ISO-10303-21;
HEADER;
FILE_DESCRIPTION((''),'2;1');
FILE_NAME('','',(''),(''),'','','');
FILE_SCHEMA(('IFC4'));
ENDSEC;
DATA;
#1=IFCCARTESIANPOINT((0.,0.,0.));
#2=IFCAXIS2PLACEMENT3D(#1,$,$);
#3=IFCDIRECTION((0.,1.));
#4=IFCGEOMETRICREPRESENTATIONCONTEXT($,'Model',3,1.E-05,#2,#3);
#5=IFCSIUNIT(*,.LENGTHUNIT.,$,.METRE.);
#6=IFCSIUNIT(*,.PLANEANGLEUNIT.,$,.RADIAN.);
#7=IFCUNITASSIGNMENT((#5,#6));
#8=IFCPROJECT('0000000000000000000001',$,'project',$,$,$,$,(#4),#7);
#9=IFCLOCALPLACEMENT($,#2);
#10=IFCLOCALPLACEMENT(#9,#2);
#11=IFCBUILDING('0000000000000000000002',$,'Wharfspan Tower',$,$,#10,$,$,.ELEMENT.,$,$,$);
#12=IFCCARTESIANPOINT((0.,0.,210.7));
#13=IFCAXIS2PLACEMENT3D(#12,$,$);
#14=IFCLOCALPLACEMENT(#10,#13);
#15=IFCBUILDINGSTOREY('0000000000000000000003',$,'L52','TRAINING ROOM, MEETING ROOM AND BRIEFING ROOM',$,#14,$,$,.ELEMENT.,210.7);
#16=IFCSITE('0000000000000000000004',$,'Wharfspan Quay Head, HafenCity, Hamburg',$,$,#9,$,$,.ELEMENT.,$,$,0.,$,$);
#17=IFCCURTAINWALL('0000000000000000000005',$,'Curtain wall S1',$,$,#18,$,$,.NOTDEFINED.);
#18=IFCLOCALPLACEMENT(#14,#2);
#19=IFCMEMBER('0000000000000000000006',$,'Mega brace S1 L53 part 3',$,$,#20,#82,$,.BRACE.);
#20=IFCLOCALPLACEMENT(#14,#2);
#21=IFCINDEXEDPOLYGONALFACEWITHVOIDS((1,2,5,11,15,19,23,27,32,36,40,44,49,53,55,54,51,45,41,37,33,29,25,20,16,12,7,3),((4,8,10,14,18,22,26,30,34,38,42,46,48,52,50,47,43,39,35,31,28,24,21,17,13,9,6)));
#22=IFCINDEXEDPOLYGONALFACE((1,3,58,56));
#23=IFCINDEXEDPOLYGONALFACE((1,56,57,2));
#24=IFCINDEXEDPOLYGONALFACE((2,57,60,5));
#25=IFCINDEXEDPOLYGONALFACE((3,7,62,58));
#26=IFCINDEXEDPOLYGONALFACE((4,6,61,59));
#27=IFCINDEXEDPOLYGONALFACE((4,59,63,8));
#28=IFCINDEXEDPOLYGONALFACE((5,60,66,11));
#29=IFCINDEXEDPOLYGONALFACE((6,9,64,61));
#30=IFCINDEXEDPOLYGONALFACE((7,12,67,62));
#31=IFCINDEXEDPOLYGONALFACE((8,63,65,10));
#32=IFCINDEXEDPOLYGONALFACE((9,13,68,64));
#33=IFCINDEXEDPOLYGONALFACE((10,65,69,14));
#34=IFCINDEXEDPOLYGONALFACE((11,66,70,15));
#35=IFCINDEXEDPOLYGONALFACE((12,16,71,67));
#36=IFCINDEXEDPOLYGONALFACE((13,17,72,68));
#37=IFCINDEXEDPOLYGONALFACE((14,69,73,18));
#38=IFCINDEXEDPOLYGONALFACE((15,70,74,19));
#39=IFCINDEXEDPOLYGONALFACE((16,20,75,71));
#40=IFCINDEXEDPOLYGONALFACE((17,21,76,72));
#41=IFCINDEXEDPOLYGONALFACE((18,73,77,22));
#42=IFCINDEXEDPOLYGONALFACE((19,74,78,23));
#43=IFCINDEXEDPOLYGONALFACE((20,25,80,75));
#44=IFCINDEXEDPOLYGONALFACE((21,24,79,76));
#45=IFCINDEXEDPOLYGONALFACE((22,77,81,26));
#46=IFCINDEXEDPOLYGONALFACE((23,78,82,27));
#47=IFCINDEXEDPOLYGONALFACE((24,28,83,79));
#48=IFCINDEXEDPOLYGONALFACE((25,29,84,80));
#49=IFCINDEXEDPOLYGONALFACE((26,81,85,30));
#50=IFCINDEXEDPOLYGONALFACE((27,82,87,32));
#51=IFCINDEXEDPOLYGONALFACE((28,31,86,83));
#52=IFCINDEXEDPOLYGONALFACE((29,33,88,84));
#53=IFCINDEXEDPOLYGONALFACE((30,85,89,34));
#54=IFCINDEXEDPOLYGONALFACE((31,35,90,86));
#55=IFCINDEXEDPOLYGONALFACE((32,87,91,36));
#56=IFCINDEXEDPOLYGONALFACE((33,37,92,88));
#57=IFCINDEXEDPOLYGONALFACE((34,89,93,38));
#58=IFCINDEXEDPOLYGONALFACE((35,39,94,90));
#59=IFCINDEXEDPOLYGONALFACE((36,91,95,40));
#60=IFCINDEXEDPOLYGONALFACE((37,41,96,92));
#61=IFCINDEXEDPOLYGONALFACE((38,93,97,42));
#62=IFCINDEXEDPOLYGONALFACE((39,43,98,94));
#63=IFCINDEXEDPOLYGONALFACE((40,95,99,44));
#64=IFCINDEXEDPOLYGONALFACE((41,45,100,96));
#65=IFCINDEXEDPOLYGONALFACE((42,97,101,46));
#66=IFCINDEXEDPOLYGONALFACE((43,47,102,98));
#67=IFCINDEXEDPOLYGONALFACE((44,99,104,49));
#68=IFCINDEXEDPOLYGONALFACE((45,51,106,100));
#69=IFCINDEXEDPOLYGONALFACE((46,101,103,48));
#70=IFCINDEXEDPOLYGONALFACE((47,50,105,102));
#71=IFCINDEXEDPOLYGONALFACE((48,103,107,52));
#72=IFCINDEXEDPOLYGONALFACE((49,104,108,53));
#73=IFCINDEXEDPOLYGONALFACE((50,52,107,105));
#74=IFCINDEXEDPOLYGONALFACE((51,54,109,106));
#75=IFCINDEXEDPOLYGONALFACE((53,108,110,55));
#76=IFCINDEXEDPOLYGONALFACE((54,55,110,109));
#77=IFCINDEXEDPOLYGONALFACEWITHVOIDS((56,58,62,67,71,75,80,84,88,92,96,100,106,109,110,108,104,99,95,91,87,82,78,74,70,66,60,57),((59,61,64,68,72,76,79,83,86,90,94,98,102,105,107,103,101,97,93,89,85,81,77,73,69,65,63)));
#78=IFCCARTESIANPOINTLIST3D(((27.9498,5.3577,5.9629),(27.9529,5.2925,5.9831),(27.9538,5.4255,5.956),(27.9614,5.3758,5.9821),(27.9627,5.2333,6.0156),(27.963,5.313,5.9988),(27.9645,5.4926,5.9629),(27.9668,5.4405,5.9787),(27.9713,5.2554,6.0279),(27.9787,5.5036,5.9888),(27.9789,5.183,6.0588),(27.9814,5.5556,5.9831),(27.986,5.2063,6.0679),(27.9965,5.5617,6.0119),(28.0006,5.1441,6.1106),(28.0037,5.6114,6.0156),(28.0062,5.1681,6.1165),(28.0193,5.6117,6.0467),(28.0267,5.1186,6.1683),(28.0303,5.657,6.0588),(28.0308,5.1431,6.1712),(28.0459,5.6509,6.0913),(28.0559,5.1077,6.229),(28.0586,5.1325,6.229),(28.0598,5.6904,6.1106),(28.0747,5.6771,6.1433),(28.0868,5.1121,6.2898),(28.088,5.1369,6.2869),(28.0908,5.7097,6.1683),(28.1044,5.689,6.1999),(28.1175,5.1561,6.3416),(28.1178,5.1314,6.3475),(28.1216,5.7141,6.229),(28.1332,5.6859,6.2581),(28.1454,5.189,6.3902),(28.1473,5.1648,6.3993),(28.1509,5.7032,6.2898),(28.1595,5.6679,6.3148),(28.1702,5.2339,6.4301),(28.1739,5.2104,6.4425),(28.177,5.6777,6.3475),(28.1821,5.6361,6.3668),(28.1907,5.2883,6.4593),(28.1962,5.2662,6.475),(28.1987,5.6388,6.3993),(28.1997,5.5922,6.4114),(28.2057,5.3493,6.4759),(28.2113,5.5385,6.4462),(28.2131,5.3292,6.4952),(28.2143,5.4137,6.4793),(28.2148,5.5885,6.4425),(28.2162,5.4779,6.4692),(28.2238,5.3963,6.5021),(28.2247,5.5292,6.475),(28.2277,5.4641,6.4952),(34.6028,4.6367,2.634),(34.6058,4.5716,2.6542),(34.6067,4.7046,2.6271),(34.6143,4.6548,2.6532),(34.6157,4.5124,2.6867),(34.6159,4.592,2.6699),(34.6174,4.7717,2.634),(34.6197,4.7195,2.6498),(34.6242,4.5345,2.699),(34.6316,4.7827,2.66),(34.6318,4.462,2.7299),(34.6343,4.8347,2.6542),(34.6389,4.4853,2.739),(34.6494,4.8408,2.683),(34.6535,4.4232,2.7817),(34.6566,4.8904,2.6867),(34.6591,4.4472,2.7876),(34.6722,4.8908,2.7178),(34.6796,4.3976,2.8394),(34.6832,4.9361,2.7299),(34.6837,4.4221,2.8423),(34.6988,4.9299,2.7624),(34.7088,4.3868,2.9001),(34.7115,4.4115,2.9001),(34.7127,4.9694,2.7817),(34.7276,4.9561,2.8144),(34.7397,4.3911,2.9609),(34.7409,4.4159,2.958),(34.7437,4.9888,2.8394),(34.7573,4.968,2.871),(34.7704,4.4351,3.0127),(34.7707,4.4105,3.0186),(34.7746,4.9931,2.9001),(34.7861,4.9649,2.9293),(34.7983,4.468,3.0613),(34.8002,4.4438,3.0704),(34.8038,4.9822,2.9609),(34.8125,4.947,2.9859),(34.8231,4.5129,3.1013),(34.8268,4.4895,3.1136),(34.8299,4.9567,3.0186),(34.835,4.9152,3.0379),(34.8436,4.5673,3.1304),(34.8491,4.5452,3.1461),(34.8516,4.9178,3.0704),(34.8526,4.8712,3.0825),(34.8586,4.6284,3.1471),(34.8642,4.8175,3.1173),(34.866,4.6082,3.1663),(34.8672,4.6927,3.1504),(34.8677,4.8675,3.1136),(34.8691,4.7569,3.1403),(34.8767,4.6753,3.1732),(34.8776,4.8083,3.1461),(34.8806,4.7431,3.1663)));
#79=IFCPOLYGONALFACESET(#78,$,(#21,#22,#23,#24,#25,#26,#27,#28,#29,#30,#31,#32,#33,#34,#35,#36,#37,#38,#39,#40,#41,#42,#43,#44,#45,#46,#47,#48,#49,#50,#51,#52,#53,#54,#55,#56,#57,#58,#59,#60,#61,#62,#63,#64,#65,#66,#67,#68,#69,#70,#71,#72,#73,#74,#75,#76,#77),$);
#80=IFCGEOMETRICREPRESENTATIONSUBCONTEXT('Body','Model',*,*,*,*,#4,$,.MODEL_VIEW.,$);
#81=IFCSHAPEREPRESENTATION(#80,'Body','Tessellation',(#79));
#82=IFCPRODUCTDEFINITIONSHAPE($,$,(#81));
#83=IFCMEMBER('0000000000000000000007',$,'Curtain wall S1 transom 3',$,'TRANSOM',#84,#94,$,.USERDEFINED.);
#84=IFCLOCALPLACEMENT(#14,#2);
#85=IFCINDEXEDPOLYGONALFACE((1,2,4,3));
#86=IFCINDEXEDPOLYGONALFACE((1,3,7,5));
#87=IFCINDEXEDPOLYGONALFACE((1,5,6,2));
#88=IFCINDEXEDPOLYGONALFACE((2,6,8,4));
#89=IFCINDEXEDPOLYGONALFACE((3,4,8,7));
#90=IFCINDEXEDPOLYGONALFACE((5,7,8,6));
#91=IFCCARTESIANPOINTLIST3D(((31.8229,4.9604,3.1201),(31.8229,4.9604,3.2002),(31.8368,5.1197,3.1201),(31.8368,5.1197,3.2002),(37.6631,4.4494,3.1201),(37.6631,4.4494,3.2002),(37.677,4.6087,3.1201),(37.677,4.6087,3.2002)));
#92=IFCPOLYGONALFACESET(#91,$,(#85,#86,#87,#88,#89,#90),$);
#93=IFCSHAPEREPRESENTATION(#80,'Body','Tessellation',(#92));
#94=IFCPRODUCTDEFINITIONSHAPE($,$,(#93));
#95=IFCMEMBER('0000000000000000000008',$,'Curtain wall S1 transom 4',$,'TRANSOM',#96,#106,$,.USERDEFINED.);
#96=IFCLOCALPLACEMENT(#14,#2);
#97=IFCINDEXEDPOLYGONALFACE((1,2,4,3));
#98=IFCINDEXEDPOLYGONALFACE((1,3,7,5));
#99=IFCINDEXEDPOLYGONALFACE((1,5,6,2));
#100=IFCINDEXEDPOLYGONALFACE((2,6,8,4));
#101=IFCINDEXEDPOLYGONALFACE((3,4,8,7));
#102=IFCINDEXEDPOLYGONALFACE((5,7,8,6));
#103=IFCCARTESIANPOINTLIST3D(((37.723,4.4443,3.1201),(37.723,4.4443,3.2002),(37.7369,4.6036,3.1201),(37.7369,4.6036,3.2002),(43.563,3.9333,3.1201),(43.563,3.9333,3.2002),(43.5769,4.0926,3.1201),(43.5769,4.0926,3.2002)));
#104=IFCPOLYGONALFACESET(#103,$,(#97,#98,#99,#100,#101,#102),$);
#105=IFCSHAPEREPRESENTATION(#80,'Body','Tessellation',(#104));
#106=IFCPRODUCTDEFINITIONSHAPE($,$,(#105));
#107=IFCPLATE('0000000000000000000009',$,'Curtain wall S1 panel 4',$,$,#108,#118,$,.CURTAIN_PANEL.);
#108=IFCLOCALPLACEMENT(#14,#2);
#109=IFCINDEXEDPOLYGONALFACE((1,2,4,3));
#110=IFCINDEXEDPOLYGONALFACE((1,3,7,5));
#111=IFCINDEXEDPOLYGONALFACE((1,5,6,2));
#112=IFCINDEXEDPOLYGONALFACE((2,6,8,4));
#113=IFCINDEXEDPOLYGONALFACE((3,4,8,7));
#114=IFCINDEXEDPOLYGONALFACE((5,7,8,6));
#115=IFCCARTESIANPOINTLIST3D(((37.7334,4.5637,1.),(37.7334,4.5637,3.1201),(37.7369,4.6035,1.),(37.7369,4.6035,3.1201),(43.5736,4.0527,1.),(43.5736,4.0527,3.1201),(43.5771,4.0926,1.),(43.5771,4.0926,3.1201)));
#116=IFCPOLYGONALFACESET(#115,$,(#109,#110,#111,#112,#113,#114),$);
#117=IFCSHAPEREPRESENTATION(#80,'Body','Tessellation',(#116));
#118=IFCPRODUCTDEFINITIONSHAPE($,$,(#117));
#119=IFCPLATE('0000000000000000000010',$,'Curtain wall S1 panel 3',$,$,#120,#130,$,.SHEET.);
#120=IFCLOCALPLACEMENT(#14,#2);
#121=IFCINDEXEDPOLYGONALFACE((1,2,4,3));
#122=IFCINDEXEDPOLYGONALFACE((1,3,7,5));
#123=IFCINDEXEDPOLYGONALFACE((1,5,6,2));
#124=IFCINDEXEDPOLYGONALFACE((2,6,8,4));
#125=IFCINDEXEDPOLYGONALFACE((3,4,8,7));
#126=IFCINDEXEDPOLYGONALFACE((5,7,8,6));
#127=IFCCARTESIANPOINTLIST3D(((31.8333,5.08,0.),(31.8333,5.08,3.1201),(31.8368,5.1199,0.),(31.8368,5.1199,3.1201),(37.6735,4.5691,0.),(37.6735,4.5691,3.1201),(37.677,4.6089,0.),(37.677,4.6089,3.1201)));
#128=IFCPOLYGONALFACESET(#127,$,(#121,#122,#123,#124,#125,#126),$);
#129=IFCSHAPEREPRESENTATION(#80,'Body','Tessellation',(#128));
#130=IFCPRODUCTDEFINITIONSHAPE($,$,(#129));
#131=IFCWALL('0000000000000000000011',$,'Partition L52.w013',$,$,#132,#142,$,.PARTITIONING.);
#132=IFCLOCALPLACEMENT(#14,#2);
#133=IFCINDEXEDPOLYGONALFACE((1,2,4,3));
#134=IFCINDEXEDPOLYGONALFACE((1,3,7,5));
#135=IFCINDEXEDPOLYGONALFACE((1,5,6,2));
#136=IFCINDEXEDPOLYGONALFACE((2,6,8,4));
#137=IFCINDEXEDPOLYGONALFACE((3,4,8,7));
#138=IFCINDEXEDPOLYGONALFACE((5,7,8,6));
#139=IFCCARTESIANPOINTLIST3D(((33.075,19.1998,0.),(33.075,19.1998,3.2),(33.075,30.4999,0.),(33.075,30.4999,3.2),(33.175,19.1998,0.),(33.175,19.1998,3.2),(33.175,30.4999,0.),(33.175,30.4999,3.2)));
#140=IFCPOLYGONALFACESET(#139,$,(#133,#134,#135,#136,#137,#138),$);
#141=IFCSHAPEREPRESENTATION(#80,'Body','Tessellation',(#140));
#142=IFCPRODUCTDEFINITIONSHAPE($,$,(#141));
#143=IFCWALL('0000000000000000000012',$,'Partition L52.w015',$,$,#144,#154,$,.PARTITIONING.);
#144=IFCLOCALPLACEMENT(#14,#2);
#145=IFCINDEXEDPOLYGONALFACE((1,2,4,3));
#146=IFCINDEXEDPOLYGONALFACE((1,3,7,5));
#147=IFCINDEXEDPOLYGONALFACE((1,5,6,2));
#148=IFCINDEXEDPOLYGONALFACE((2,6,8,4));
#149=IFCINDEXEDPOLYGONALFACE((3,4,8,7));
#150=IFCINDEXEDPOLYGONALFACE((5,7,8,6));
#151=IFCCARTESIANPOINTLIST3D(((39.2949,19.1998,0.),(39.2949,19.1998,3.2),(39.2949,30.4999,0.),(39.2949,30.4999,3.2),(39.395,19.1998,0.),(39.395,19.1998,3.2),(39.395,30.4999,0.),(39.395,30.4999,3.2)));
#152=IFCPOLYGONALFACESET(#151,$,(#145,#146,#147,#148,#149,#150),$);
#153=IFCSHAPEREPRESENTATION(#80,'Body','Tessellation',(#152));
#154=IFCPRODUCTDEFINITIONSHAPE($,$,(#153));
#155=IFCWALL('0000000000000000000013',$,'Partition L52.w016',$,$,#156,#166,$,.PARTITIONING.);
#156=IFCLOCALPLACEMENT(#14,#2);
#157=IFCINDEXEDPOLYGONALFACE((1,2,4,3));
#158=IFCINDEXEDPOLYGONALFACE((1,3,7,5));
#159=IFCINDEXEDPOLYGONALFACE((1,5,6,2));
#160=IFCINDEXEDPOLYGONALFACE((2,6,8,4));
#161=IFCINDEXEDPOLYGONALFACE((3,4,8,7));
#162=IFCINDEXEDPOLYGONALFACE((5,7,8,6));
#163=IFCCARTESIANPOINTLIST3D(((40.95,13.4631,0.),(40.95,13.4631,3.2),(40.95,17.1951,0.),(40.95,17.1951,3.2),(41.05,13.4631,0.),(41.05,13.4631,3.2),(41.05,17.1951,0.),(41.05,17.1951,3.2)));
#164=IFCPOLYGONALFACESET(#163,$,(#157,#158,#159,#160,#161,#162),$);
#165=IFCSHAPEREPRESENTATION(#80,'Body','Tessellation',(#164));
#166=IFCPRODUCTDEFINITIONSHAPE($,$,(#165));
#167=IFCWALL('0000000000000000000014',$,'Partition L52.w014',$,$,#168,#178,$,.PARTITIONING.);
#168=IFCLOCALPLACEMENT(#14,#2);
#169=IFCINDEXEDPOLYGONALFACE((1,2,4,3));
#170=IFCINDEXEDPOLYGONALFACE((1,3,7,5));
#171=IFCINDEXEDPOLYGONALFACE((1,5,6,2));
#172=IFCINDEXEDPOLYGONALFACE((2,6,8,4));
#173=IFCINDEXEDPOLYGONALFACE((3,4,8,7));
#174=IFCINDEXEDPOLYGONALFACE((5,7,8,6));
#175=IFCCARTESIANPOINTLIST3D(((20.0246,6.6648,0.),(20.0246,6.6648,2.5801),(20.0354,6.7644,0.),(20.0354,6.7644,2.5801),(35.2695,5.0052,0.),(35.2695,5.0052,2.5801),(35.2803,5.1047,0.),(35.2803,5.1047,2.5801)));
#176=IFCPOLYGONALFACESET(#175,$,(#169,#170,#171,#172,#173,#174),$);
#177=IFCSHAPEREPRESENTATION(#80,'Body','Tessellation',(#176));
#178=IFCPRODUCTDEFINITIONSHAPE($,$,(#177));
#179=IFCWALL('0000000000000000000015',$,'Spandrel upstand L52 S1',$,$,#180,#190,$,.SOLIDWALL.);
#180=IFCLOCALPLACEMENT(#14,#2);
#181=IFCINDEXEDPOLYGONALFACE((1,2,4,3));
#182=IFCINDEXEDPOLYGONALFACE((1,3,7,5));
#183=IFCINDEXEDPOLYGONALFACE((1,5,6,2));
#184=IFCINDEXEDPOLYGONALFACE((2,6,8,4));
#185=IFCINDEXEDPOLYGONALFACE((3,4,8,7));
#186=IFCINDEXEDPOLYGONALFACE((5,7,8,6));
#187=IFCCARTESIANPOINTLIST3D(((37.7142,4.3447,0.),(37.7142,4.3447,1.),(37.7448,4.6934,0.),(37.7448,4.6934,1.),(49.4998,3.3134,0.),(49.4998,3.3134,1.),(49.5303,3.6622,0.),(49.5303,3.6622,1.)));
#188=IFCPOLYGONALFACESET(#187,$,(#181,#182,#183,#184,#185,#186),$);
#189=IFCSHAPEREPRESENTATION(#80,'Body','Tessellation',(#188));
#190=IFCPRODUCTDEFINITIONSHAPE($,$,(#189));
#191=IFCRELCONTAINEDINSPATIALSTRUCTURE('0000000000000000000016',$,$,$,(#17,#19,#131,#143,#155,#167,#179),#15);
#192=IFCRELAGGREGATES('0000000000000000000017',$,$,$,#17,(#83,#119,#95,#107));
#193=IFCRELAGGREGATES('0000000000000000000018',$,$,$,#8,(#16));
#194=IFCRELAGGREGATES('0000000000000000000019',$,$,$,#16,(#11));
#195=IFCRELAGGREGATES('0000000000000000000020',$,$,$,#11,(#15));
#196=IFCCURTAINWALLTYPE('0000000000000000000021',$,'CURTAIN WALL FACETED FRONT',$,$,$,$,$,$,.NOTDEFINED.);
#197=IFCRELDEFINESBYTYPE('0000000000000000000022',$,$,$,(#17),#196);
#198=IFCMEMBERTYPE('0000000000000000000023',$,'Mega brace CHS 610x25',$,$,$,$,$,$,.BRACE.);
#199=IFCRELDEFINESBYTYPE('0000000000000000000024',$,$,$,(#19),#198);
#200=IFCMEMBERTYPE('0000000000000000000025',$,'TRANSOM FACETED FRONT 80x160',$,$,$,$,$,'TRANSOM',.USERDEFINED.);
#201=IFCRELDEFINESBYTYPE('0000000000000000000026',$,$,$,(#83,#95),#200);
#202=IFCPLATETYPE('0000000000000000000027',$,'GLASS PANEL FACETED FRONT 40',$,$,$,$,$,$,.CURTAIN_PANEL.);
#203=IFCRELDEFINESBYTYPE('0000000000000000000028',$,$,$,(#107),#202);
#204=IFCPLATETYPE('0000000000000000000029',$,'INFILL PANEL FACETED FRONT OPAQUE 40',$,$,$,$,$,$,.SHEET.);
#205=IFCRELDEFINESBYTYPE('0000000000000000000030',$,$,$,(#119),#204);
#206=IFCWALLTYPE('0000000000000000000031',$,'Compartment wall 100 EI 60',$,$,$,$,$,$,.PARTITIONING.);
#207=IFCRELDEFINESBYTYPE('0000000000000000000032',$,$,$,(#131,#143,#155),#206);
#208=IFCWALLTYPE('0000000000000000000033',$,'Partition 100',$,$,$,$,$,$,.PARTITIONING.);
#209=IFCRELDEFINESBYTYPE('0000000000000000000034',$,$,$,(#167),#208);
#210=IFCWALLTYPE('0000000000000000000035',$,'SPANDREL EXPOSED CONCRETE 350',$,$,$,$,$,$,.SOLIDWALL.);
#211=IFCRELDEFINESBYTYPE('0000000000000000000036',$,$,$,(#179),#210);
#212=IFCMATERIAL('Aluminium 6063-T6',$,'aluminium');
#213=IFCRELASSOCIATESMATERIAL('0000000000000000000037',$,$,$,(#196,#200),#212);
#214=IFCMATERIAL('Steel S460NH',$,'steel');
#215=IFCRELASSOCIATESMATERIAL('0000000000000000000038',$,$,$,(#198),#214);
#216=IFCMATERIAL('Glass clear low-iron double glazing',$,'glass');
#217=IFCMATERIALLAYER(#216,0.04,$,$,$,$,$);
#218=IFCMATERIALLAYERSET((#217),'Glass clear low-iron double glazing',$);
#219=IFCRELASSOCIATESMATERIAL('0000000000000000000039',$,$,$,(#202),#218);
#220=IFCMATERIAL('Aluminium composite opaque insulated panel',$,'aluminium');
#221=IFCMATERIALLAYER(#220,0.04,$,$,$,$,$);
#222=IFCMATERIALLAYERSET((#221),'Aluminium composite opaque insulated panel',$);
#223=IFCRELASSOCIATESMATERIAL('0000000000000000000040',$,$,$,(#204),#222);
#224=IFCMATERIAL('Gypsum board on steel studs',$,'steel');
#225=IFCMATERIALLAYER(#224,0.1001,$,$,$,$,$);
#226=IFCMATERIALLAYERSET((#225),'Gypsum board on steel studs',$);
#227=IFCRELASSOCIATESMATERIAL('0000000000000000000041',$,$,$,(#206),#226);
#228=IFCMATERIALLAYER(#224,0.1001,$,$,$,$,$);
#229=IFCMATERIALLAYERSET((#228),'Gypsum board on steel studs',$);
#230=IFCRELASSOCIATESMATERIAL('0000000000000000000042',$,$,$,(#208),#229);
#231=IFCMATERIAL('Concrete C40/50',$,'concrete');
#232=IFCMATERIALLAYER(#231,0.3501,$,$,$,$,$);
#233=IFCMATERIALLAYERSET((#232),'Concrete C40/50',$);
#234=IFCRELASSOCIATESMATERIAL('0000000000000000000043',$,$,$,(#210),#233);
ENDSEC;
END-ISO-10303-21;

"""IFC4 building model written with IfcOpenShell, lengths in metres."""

from ifc_helpers import new_model, si_unit, direction, frame, frame_2d, origin, origin_2d, place, context, subcontext, project, spatial, rectangle, hollow_circle, extrude, material, layer, layer_set, material_profile, profile_set, type_object, element, aggregate, save


model = new_model("IFC4")

# Units and contexts
model_context = context("Model", 3, precision=1e-05, world=origin(), true_north=direction((0.0, 1.0)))
body_context = subcontext(model_context, "Body", "Model", "MODEL_VIEW")
ifc_project = project(units=[si_unit("LENGTHUNIT", "METRE"), si_unit("PLANEANGLEUNIT", "RADIAN")], contexts=[model_context])

# Site, building, storey
site_placement = place(None, origin())
site = spatial("IfcSite", under=ifc_project, at=site_placement, Name="Wharfspan Quay Head, HafenCity, Hamburg", CompositionType="ELEMENT", RefElevation=0.0)
building_placement = place(site_placement, origin())
building = spatial("IfcBuilding", under=site, at=building_placement, Name="Wharfspan Tower", CompositionType="ELEMENT")
storey_placement = place(building_placement, frame((0.0, 0.0, 210.7)))
storey = spatial("IfcBuildingStorey", under=building, at=storey_placement, Name="L52", Description="TRAINING ROOM, MEETING ROOM AND BRIEFING ROOM", CompositionType="ELEMENT", Elevation=210.7)

# Curtain wall
ifc_material_1 = material(Name="Aluminium 6063-T6", Category="aluminium")
curtain_wall_type = type_object("IfcCurtainWallType", Name="CURTAIN WALL FACETED FRONT", PredefinedType="NOTDEFINED", material=ifc_material_1)
curtain_wall_placement = place(storey_placement, origin())
curtain_wall = element("IfcCurtainWall", 1, at=curtain_wall_placement, inside=storey, type_object=curtain_wall_type, Name="Curtain wall S1", PredefinedType="NOTDEFINED")

# Members
ifc_material_2 = material(Name="Steel S460NH", Category="steel")
ifc_material_profile_1 = material_profile(ifc_material_2, hollow_circle(Radius=0.3049, WallThickness=0.0249, at=origin_2d()))
ifc_profile_set_1 = profile_set([ifc_material_profile_1], Name="Steel S460NH")
member_type_1 = type_object("IfcMemberType", Name="Mega brace CHS 610x25", PredefinedType="BRACE", material=ifc_profile_set_1)
member_1_placement = place(storey_placement, frame((34.7417, 4.6899, 2.9001), z_axis=(-0.890126, 0.09646, 0.445389), x_axis=(-0.107737, -0.99418, -0.000002)))
element("IfcMember", 2, at=member_1_placement, inside=storey, type_object=member_type_1, Name="Mega brace S1 L53 part 3", PredefinedType="BRACE", context=body_context, shape_type="SweptSolid", body=[
    extrude(hollow_circle(Radius=0.3049, WallThickness=0.0249, at=origin_2d()), origin(), (0.0, 0.0, 1.0), 7.4741),
])
ifc_material_profile_2 = material_profile(ifc_material_1, rectangle(XDim=0.1599, YDim=0.0801, at=origin_2d()))
ifc_profile_set_2 = profile_set([ifc_material_profile_2], Name="Aluminium 6063-T6")
member_type_2 = type_object("IfcMemberType", Name="TRANSOM FACETED FRONT 80x160", ElementType="TRANSOM", PredefinedType="USERDEFINED", material=ifc_profile_set_2)
member_2_placement = place(storey_placement, frame((31.8298, 5.04, 3.1602), z_axis=(0.996194, -0.08716, 0.0), x_axis=(0.08716, 0.996194, 0.0)))
member_2 = element("IfcMember", 3, at=member_2_placement, type_object=member_type_2, Name="Curtain wall S1 transom 3", ObjectType="TRANSOM", PredefinedType="USERDEFINED", context=body_context, shape_type="SweptSolid", body=[
    extrude(rectangle(XDim=0.1599, YDim=0.0801, at=origin_2d()), origin(), (0.0, 0.0, 1.0), 5.8625),
])
member_3_placement = place(storey_placement, frame((37.73, 4.5239, 3.1602), z_axis=(0.996194, -0.087163, 0.0), x_axis=(0.087163, 0.996194, 0.0)))
member_3 = element("IfcMember", 4, at=member_3_placement, type_object=member_type_2, Name="Curtain wall S1 transom 4", ObjectType="TRANSOM", PredefinedType="USERDEFINED", context=body_context, shape_type="SweptSolid", body=[
    extrude(rectangle(XDim=0.1599, YDim=0.0801, at=origin_2d()), origin(), (0.0, 0.0, 1.0), 5.8623),
])

# Plates
ifc_material_3 = material(Name="Glass clear low-iron double glazing", Category="glass")
ifc_layer_1 = layer(ifc_material_3, 0.04)
ifc_layer_set_1 = layer_set([ifc_layer_1], Name="Glass clear low-iron double glazing")
plate_type_1 = type_object("IfcPlateType", Name="GLASS PANEL FACETED FRONT 40", PredefinedType="CURTAIN_PANEL", material=ifc_layer_set_1)
plate_1_placement = place(storey_placement, frame((40.6553, 4.3281, 1.0), z_axis=(0.0, 0.0, 1.0), x_axis=(0.996197, -0.087156, 0.0)))
plate_1 = element("IfcPlate", 5, at=plate_1_placement, type_object=plate_type_1, Name="Curtain wall S1 panel 4", PredefinedType="CURTAIN_PANEL", context=body_context, shape_type="SweptSolid", body=[
    extrude(rectangle(XDim=5.8625, YDim=0.04, at=origin_2d()), origin(), (0.0, 0.0, 1.0), 2.1201),
])
ifc_material_4 = material(Name="Aluminium composite opaque insulated panel", Category="aluminium")
ifc_layer_2 = layer(ifc_material_4, 0.04)
ifc_layer_set_2 = layer_set([ifc_layer_2], Name="Aluminium composite opaque insulated panel")
plate_type_2 = type_object("IfcPlateType", Name="INFILL PANEL FACETED FRONT OPAQUE 40", PredefinedType="SHEET", material=ifc_layer_set_2)
plate_2_placement = place(storey_placement, frame((34.7551, 4.8445, 0.0), z_axis=(0.0, 0.0, 1.0), x_axis=(0.996197, -0.087156, 0.0)))
plate_2 = element("IfcPlate", 6, at=plate_2_placement, type_object=plate_type_2, Name="Curtain wall S1 panel 3", PredefinedType="SHEET", context=body_context, shape_type="SweptSolid", body=[
    extrude(rectangle(XDim=5.8625, YDim=0.04, at=origin_2d()), origin(), (0.0, 0.0, 1.0), 3.1201),
])
aggregate(curtain_wall, [member_2, plate_2, member_3, plate_1])

# Walls
ifc_material_5 = material(Name="Gypsum board on steel studs", Category="steel")
ifc_layer_3 = layer(ifc_material_5, 0.1001)
ifc_layer_set_3 = layer_set([ifc_layer_3], Name="Gypsum board on steel studs")
wall_type_1 = type_object("IfcWallType", Name="Compartment wall 100 EI 60", PredefinedType="PARTITIONING", material=ifc_layer_set_3)
for number, where, z_axis, x_axis, name in (
    (7, (33.125, 19.2, 0.0), (0.0, 0.0, 1.0), (0.0, 1.0, 0.0), "Partition L52.w013"),
    (8, (39.345, 19.2, 0.0), (0.0, 0.0, 1.0), (0.0, 1.0, 0.0), "Partition L52.w015"),
):
    element("IfcWall", number, at=place(storey_placement, frame(where, z_axis=z_axis, x_axis=x_axis)), inside=storey, type_object=wall_type_1, Name=name, PredefinedType="PARTITIONING", context=body_context, shape_type="SweptSolid", body=[
        extrude(rectangle(XDim=11.3, YDim=0.1001, at=frame_2d((5.6499, 0.0))), origin(), (0.0, 0.0, 1.0), 3.2),
    ])
wall_1_placement = place(storey_placement, frame((41.0, 13.4631, 0.0), z_axis=(0.0, 0.0, 1.0), x_axis=(0.0, 1.0, 0.0)))
element("IfcWall", 9, at=wall_1_placement, inside=storey, type_object=wall_type_1, Name="Partition L52.w016", PredefinedType="PARTITIONING", context=body_context, shape_type="SweptSolid", body=[
    extrude(rectangle(XDim=3.7319, YDim=0.1001, at=frame_2d((1.866, 0.0))), origin(), (0.0, 0.0, 1.0), 3.2),
])
ifc_layer_4 = layer(ifc_material_5, 0.1001)
ifc_layer_set_4 = layer_set([ifc_layer_4], Name="Gypsum board on steel studs")
wall_type_2 = type_object("IfcWallType", Name="Partition 100", PredefinedType="PARTITIONING", material=ifc_layer_set_4)
wall_2_placement = place(storey_placement, frame((35.2749, 5.0549, 0.0), z_axis=(0.0, 0.0, 1.0), x_axis=(-0.994128, 0.108228, 0.0)))
element("IfcWall", 10, at=wall_2_placement, inside=storey, type_object=wall_type_2, Name="Partition L52.w014", PredefinedType="PARTITIONING", context=body_context, shape_type="SweptSolid", body=[
    extrude(rectangle(XDim=15.335, YDim=0.1001, at=frame_2d((7.6675, 0.0))), origin(), (0.0, 0.0, 1.0), 2.5801),
])
ifc_material_6 = material(Name="Concrete C40/50", Category="concrete")
ifc_layer_5 = layer(ifc_material_6, 0.3501)
ifc_layer_set_5 = layer_set([ifc_layer_5], Name="Concrete C40/50")
wall_type_3 = type_object("IfcWallType", Name="SPANDREL EXPOSED CONCRETE 350", PredefinedType="SOLIDWALL", material=ifc_layer_set_5)
wall_3_placement = place(storey_placement, frame((37.7295, 4.519, 0.0), z_axis=(0.0, 0.0, 1.0), x_axis=(0.99619, -0.087167, 0.0)))
element("IfcWall", 11, at=wall_3_placement, inside=storey, type_object=wall_type_3, Name="Spandrel upstand L52 S1", PredefinedType="SOLIDWALL", context=body_context, shape_type="SweptSolid", body=[
    extrude(rectangle(XDim=11.8306, YDim=0.3501, at=frame_2d((5.9153, 0.0))), origin(), (0.0, 0.0, 1.0), 1.0),
])

save(model, "model.ifc")
